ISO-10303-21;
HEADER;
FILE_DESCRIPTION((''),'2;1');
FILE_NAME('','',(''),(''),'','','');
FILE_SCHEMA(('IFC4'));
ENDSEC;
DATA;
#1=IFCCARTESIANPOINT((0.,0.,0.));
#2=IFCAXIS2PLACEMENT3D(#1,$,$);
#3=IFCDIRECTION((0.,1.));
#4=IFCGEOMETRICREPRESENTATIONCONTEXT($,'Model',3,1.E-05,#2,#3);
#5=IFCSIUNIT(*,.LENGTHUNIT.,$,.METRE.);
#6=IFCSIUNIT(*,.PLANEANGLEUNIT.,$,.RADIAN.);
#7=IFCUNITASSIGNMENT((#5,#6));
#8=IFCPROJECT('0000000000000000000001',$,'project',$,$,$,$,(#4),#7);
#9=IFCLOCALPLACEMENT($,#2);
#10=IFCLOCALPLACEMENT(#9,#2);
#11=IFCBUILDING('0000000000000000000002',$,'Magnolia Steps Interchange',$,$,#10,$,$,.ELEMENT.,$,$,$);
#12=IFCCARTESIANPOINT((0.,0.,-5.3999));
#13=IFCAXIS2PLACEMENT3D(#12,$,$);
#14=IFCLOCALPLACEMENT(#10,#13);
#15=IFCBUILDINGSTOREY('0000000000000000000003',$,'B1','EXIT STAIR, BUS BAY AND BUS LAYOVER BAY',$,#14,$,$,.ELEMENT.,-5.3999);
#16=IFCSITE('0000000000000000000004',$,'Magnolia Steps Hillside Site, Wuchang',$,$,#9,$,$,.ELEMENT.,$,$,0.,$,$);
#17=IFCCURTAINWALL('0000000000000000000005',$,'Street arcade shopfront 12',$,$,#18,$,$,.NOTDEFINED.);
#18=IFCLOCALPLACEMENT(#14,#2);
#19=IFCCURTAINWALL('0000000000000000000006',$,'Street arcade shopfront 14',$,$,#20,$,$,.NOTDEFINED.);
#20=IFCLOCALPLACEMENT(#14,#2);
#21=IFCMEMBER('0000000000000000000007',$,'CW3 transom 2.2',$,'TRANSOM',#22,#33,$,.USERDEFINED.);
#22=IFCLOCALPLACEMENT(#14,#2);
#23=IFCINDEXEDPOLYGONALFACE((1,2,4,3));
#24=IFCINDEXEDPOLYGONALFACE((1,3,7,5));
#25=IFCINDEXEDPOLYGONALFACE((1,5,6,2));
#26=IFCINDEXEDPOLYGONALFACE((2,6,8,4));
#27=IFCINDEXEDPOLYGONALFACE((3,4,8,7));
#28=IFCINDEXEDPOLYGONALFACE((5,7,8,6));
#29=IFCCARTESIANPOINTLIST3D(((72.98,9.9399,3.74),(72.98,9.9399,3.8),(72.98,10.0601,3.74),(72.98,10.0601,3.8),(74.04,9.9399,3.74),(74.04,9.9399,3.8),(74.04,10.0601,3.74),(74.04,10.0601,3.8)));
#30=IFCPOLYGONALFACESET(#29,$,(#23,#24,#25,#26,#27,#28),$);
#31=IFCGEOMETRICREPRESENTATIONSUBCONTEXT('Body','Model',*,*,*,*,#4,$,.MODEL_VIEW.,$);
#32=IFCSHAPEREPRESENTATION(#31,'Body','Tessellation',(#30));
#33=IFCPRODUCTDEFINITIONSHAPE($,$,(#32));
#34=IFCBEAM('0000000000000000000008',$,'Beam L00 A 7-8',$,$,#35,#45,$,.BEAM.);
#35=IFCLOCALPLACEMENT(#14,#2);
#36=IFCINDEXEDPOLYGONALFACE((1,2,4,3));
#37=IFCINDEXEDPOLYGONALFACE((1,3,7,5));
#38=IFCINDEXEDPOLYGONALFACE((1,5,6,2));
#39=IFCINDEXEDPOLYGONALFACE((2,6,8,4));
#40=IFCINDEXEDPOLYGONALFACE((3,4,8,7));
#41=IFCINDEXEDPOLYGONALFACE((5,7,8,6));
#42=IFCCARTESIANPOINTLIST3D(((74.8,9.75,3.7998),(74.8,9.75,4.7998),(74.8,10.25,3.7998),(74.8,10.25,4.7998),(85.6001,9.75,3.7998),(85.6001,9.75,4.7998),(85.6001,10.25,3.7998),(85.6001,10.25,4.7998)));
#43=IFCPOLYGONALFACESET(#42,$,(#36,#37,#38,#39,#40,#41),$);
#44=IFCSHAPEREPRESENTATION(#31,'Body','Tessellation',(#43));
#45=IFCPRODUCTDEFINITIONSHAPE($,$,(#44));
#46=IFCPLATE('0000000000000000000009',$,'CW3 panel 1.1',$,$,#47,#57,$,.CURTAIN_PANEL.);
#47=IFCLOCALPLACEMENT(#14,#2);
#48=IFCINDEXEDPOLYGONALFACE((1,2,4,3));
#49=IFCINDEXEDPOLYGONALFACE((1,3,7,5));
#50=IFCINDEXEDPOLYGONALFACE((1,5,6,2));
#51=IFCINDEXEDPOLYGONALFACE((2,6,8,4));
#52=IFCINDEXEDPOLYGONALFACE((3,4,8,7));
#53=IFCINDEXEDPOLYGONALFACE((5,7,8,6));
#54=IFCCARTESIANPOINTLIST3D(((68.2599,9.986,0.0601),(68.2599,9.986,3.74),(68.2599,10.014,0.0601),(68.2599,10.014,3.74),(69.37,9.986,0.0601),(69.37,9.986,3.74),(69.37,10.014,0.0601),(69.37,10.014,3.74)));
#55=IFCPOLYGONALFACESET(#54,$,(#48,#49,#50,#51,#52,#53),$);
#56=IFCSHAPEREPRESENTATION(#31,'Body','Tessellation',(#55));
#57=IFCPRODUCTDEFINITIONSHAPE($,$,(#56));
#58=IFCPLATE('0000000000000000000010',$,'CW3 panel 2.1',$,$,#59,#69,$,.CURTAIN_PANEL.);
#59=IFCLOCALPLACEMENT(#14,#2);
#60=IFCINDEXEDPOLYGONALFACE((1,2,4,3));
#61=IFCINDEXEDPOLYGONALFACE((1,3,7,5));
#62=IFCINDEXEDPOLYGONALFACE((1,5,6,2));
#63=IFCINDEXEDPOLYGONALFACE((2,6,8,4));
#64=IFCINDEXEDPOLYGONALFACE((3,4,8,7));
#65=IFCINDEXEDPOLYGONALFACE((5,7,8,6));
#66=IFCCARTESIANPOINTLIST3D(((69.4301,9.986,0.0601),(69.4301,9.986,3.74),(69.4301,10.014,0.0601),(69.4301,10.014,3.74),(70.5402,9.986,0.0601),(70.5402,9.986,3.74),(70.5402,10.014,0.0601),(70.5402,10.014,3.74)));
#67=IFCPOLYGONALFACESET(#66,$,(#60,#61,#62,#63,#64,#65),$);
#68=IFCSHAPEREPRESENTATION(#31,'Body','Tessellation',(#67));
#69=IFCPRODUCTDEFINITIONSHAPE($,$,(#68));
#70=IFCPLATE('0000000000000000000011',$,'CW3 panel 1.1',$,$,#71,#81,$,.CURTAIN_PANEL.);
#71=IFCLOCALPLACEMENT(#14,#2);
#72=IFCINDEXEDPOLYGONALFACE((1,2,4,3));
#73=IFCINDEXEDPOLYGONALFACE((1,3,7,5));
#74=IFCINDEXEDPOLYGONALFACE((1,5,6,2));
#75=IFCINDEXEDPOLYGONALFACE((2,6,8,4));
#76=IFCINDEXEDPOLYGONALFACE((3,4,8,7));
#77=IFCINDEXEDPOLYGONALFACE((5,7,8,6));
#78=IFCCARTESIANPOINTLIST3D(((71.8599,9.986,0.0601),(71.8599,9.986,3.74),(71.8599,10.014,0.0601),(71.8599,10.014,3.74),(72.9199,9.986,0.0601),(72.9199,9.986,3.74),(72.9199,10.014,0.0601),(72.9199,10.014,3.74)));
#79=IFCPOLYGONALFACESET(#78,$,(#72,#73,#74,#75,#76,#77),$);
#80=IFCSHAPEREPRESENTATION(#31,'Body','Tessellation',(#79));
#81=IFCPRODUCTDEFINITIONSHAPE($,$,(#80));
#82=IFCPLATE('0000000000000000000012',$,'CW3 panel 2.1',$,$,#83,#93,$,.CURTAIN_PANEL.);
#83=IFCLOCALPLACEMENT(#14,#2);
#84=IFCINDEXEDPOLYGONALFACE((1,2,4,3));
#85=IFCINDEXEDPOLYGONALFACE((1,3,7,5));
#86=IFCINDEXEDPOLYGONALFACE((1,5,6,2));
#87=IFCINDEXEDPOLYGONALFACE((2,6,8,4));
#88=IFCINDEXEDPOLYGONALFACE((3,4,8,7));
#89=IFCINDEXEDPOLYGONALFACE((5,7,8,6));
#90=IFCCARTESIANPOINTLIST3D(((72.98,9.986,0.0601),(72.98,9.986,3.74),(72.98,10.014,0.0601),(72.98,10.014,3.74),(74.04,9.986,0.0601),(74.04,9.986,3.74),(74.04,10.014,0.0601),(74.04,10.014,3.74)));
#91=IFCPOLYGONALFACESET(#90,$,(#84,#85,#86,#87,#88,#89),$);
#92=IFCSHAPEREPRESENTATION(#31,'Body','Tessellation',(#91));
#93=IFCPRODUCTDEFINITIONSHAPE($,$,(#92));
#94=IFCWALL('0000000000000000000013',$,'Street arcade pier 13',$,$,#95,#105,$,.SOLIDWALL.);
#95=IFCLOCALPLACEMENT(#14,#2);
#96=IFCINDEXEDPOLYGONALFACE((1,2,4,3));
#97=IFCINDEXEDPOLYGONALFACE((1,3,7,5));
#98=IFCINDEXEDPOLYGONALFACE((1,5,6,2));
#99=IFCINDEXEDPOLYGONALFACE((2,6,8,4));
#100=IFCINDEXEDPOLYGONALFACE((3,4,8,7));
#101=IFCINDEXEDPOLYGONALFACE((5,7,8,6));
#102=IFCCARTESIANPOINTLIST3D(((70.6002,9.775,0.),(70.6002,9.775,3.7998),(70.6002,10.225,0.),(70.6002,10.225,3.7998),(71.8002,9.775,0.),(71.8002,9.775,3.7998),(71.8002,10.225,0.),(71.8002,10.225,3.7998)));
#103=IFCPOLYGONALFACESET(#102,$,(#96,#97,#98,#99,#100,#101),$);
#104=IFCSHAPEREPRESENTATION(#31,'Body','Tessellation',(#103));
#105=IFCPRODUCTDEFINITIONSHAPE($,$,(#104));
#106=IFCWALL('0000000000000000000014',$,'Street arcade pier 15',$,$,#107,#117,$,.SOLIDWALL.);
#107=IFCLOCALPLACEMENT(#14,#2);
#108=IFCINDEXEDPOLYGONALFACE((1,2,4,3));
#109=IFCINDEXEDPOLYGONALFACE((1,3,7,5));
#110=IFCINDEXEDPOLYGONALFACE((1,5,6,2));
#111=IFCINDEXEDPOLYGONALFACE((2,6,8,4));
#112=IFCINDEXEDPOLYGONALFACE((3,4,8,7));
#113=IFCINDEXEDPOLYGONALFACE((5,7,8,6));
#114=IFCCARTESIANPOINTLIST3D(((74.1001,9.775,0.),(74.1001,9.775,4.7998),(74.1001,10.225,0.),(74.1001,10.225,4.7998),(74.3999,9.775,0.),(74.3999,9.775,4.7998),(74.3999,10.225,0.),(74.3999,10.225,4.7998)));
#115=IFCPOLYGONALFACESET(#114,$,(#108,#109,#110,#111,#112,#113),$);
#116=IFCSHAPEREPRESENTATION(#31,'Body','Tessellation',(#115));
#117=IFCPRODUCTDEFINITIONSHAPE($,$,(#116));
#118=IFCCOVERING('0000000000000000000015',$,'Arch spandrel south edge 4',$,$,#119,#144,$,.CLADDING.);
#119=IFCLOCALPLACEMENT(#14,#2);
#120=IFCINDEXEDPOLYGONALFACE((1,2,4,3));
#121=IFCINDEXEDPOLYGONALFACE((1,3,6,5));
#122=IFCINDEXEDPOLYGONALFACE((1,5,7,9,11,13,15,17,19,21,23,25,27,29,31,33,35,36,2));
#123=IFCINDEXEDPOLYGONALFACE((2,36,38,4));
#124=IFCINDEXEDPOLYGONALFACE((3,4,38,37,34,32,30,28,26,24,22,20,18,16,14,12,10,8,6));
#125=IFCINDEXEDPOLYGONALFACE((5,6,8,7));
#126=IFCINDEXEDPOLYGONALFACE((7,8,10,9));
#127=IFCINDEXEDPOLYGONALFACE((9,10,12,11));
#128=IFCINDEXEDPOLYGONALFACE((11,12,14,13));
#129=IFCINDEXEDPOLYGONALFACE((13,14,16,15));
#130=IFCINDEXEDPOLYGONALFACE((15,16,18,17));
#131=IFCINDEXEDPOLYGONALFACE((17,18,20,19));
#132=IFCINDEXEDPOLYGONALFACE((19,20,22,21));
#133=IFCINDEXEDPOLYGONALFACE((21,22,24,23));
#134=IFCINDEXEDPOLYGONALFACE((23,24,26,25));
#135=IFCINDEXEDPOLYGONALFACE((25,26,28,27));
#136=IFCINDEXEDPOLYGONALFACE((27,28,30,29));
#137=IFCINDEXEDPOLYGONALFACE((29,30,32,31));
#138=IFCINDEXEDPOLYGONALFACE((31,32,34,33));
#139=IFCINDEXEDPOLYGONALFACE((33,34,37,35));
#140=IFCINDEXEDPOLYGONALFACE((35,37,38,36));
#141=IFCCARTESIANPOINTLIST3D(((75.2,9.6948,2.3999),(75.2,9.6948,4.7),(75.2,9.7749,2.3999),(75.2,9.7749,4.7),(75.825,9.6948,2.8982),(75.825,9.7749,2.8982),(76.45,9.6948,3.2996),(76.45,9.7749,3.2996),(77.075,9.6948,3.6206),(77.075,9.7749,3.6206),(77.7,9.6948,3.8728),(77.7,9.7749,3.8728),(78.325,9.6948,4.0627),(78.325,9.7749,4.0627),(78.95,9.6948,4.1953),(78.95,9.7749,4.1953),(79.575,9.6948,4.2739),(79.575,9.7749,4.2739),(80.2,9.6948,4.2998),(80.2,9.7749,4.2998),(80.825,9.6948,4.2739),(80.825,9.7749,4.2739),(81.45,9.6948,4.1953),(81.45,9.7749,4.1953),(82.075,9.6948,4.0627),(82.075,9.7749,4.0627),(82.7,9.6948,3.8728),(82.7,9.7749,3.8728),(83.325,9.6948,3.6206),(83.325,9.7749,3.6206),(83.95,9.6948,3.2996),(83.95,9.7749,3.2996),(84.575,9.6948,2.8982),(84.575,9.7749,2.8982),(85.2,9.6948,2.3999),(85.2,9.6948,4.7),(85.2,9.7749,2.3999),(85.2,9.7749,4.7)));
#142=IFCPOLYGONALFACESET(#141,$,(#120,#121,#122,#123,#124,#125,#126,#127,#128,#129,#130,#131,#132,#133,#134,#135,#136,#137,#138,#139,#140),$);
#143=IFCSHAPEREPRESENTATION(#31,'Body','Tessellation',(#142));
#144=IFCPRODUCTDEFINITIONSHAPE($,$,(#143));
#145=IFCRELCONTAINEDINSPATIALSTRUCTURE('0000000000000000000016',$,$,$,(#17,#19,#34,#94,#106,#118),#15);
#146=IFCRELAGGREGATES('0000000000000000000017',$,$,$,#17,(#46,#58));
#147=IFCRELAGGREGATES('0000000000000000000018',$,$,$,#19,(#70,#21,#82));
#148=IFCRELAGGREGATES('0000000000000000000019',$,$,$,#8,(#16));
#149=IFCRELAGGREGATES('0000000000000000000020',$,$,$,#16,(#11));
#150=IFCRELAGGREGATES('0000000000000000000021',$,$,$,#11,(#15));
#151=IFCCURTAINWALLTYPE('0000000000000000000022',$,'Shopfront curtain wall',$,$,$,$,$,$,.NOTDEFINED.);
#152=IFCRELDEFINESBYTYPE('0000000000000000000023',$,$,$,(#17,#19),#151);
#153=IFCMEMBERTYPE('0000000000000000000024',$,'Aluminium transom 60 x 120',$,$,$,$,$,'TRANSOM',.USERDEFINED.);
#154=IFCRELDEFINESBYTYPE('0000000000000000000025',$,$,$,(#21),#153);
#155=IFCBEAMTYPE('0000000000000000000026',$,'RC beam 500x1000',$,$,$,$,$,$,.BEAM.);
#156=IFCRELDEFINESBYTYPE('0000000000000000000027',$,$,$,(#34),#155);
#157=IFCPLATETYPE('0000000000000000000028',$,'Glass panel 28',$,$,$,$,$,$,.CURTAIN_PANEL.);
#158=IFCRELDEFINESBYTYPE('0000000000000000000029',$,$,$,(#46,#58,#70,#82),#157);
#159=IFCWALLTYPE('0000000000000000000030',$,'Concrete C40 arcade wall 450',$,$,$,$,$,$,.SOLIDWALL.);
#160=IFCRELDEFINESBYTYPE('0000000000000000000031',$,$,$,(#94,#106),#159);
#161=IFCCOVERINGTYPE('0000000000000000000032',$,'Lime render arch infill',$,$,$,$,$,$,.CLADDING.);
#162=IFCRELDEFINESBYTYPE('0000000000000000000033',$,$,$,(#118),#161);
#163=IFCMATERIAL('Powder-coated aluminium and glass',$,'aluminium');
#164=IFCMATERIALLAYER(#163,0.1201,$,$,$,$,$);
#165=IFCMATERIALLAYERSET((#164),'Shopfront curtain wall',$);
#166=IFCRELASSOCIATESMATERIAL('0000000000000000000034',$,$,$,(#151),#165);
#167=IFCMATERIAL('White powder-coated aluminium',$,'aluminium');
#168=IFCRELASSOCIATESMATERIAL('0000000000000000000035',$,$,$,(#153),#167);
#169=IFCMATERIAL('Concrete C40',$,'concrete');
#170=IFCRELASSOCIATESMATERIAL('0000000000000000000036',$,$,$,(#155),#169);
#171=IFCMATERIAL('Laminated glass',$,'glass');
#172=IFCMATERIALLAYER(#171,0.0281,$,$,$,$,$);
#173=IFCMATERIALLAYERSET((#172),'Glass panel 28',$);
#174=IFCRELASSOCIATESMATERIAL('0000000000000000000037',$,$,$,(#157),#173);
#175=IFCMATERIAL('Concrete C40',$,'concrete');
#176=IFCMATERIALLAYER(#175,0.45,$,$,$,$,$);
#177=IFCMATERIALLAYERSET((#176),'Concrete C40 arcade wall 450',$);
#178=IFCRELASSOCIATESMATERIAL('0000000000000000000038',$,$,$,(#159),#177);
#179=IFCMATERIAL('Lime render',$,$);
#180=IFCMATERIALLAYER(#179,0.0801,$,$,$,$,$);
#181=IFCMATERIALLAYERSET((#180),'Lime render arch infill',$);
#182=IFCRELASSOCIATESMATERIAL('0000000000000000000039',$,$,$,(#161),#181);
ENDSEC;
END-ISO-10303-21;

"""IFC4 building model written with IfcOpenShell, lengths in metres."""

from ifc_helpers import new_model, si_unit, direction, frame, frame_2d, origin, origin_2d, place, context, subcontext, project, spatial, polyline, rectangle, outline, extrude, material, layer, layer_set, material_profile, profile_set, type_object, element, aggregate, save


model = new_model("IFC4")

# Units and contexts
model_context = context("Model", 3, precision=1e-05, world=origin(), true_north=direction((0.0, 1.0)))
body_context = subcontext(model_context, "Body", "Model", "MODEL_VIEW")
ifc_project = project(units=[si_unit("LENGTHUNIT", "METRE"), si_unit("PLANEANGLEUNIT", "RADIAN")], contexts=[model_context])

# Site, building, storey
site_placement = place(None, origin())
site = spatial("IfcSite", under=ifc_project, at=site_placement, Name="Magnolia Steps Hillside Site, Wuchang", CompositionType="ELEMENT", RefElevation=0.0)
building_placement = place(site_placement, origin())
building = spatial("IfcBuilding", under=site, at=building_placement, Name="Magnolia Steps Interchange", CompositionType="ELEMENT")
storey_placement = place(building_placement, frame((0.0, 0.0, -5.3999)))
storey = spatial("IfcBuildingStorey", under=building, at=storey_placement, Name="B1", Description="EXIT STAIR, BUS BAY AND BUS LAYOVER BAY", CompositionType="ELEMENT", Elevation=-5.3999)

# Curtain walls
ifc_material_1 = material(Name="Powder-coated aluminium and glass", Category="aluminium")
ifc_layer_1 = layer(ifc_material_1, 0.1201)
ifc_layer_set_1 = layer_set([ifc_layer_1], Name="Shopfront curtain wall")
curtain_wall_type = type_object("IfcCurtainWallType", Name="Shopfront curtain wall", PredefinedType="NOTDEFINED", material=ifc_layer_set_1)
curtain_wall_1_placement = place(storey_placement, origin())
curtain_wall_1 = element("IfcCurtainWall", 1, at=curtain_wall_1_placement, inside=storey, type_object=curtain_wall_type, Name="Street arcade shopfront 12", PredefinedType="NOTDEFINED")
curtain_wall_2_placement = place(storey_placement, origin())
curtain_wall_2 = element("IfcCurtainWall", 2, at=curtain_wall_2_placement, inside=storey, type_object=curtain_wall_type, Name="Street arcade shopfront 14", PredefinedType="NOTDEFINED")

# Member
ifc_material_2 = material(Name="White powder-coated aluminium", Category="aluminium")
ifc_material_profile_1 = material_profile(ifc_material_2, rectangle(XDim=0.0601, YDim=0.1201, at=origin_2d()), Name="Aluminium transom 60 x 120")
ifc_profile_set_1 = profile_set([ifc_material_profile_1], Name="White powder-coated aluminium")
member_type_1 = type_object("IfcMemberType", Name="Aluminium transom 60 x 120", ElementType="TRANSOM", PredefinedType="USERDEFINED", material=ifc_profile_set_1)
member_1_placement = place(storey_placement, frame((72.98, 10.0, 3.77), z_axis=(1.0, 0.0, 0.0), x_axis=(0.0, 0.0, 1.0)))
member_1 = element("IfcMember", 3, at=member_1_placement, type_object=member_type_1, Name="CW3 transom 2.2", ObjectType="TRANSOM", PredefinedType="USERDEFINED", context=body_context, shape_type="SweptSolid", body=[
    extrude(rectangle(XDim=0.0601, YDim=0.1201, at=origin_2d()), origin(), (0.0, 0.0, 1.0), 1.0601),
])

# Beam
ifc_material_3 = material(Name="Concrete C40", Category="concrete")
ifc_material_profile_2 = material_profile(ifc_material_3, rectangle(XDim=0.5, YDim=1.0, at=origin_2d()), Name="RC500x1000")
ifc_profile_set_2 = profile_set([ifc_material_profile_2], Name="Concrete C40")
beam_type = type_object("IfcBeamType", Name="RC beam 500x1000", PredefinedType="BEAM", material=ifc_profile_set_2)
beam_placement = place(storey_placement, frame((74.8, 10.0, 4.2998), z_axis=(1.0, 0.0, 0.0), x_axis=(0.0, 1.0, 0.0)))
element("IfcBeam", 4, at=beam_placement, inside=storey, type_object=beam_type, Name="Beam L00 A 7-8", PredefinedType="BEAM", context=body_context, shape_type="SweptSolid", body=[
    extrude(rectangle(XDim=0.5, YDim=1.0, at=origin_2d()), origin(), (0.0, 0.0, 1.0), 10.8),
])

# Plates
ifc_material_4 = material(Name="Laminated glass", Category="glass")
ifc_layer_2 = layer(ifc_material_4, 0.0281)
ifc_layer_set_2 = layer_set([ifc_layer_2], Name="Glass panel 28")
plate_type = type_object("IfcPlateType", Name="Glass panel 28", PredefinedType="CURTAIN_PANEL", material=ifc_layer_set_2)
plate_1_placement = place(storey_placement, frame((68.8149, 10.0, 0.0601), z_axis=(0.0, 0.0, 1.0), x_axis=(1.0, 0.0, 0.0)))
plate_1 = element("IfcPlate", 5, at=plate_1_placement, type_object=plate_type, Name="CW3 panel 1.1", PredefinedType="CURTAIN_PANEL", context=body_context, shape_type="SweptSolid", body=[
    extrude(rectangle(XDim=1.1101, YDim=0.0281, at=origin_2d()), origin(), (0.0, 0.0, 1.0), 3.6799),
])
plate_2_placement = place(storey_placement, frame((69.9851, 10.0, 0.0601), z_axis=(0.0, 0.0, 1.0), x_axis=(1.0, 0.0, 0.0)))
plate_2 = element("IfcPlate", 6, at=plate_2_placement, type_object=plate_type, Name="CW3 panel 2.1", PredefinedType="CURTAIN_PANEL", context=body_context, shape_type="SweptSolid", body=[
    extrude(rectangle(XDim=1.1101, YDim=0.0281, at=origin_2d()), origin(), (0.0, 0.0, 1.0), 3.6799),
])
aggregate(curtain_wall_1, [plate_1, plate_2])
plate_3_placement = place(storey_placement, frame((72.3899, 10.0, 0.0601), z_axis=(0.0, 0.0, 1.0), x_axis=(1.0, 0.0, 0.0)))
plate_3 = element("IfcPlate", 7, at=plate_3_placement, type_object=plate_type, Name="CW3 panel 1.1", PredefinedType="CURTAIN_PANEL", context=body_context, shape_type="SweptSolid", body=[
    extrude(rectangle(XDim=1.0601, YDim=0.0281, at=origin_2d()), origin(), (0.0, 0.0, 1.0), 3.6799),
])
plate_4_placement = place(storey_placement, frame((73.51, 10.0, 0.0601), z_axis=(0.0, 0.0, 1.0), x_axis=(1.0, 0.0, 0.0)))
plate_4 = element("IfcPlate", 8, at=plate_4_placement, type_object=plate_type, Name="CW3 panel 2.1", PredefinedType="CURTAIN_PANEL", context=body_context, shape_type="SweptSolid", body=[
    extrude(rectangle(XDim=1.0601, YDim=0.0281, at=origin_2d()), origin(), (0.0, 0.0, 1.0), 3.6799),
])
aggregate(curtain_wall_2, [plate_3, member_1, plate_4])

# Walls
ifc_material_5 = material(Name="Concrete C40", Category="concrete")
ifc_layer_3 = layer(ifc_material_5, 0.45)
ifc_layer_set_3 = layer_set([ifc_layer_3], Name="Concrete C40 arcade wall 450")
wall_type = type_object("IfcWallType", Name="Concrete C40 arcade wall 450", PredefinedType="SOLIDWALL", material=ifc_layer_set_3)
wall_1_placement = place(storey_placement, frame((70.6001, 10.0, 0.0), z_axis=(0.0, 0.0, 1.0), x_axis=(1.0, 0.0, 0.0)))
element("IfcWall", 9, at=wall_1_placement, inside=storey, type_object=wall_type, Name="Street arcade pier 13", PredefinedType="SOLIDWALL", context=body_context, shape_type="SweptSolid", body=[
    extrude(rectangle(XDim=1.2, YDim=0.45, at=frame_2d((0.6001, 0.0))), origin(), (0.0, 0.0, 1.0), 3.7998),
])
wall_2_placement = place(storey_placement, frame((74.1001, 10.0, 0.0), z_axis=(0.0, 0.0, 1.0), x_axis=(1.0, 0.0, 0.0)))
element("IfcWall", 10, at=wall_2_placement, inside=storey, type_object=wall_type, Name="Street arcade pier 15", PredefinedType="SOLIDWALL", context=body_context, shape_type="SweptSolid", body=[
    extrude(rectangle(XDim=0.2998, YDim=0.45, at=frame_2d((0.1499, 0.0))), origin(), (0.0, 0.0, 1.0), 4.7998),
])

# Covering
ifc_material_6 = material(Name="Lime render")
ifc_layer_4 = layer(ifc_material_6, 0.0801)
ifc_layer_set_4 = layer_set([ifc_layer_4], Name="Lime render arch infill")
covering_type = type_object("IfcCoveringType", Name="Lime render arch infill", PredefinedType="CLADDING", material=ifc_layer_set_4)
covering_placement = place(storey_placement, frame((75.2, 9.7749, 2.3999), z_axis=(0.0, 1.0, 0.0), x_axis=(0.0, 0.0, 1.0)))
element("IfcCovering", 11, at=covering_placement, inside=storey, type_object=covering_type, Name="Arch spandrel south edge 4", PredefinedType="CLADDING", context=body_context, shape_type="SweptSolid", body=[
    extrude(outline(polyline([(0.0, 0.0), (2.3, 0.0), (2.3, 10.0), (0.0, 10.0), (0.4983, 9.375), (0.8997, 8.75), (1.2207, 8.125), (1.4729, 7.5), (1.6628, 6.875), (1.7954, 6.25), (1.874, 5.625), (1.8999, 5.0), (1.874, 4.375), (1.7954, 3.75), (1.6628, 3.125), (1.4729, 2.5), (1.2207, 1.875), (0.8997, 1.25), (0.4983, 0.625), (0.0, 0.0)])), origin(), (0.0, 0.0, -1.0), 0.0801),
])

save(model, "model.ifc")
